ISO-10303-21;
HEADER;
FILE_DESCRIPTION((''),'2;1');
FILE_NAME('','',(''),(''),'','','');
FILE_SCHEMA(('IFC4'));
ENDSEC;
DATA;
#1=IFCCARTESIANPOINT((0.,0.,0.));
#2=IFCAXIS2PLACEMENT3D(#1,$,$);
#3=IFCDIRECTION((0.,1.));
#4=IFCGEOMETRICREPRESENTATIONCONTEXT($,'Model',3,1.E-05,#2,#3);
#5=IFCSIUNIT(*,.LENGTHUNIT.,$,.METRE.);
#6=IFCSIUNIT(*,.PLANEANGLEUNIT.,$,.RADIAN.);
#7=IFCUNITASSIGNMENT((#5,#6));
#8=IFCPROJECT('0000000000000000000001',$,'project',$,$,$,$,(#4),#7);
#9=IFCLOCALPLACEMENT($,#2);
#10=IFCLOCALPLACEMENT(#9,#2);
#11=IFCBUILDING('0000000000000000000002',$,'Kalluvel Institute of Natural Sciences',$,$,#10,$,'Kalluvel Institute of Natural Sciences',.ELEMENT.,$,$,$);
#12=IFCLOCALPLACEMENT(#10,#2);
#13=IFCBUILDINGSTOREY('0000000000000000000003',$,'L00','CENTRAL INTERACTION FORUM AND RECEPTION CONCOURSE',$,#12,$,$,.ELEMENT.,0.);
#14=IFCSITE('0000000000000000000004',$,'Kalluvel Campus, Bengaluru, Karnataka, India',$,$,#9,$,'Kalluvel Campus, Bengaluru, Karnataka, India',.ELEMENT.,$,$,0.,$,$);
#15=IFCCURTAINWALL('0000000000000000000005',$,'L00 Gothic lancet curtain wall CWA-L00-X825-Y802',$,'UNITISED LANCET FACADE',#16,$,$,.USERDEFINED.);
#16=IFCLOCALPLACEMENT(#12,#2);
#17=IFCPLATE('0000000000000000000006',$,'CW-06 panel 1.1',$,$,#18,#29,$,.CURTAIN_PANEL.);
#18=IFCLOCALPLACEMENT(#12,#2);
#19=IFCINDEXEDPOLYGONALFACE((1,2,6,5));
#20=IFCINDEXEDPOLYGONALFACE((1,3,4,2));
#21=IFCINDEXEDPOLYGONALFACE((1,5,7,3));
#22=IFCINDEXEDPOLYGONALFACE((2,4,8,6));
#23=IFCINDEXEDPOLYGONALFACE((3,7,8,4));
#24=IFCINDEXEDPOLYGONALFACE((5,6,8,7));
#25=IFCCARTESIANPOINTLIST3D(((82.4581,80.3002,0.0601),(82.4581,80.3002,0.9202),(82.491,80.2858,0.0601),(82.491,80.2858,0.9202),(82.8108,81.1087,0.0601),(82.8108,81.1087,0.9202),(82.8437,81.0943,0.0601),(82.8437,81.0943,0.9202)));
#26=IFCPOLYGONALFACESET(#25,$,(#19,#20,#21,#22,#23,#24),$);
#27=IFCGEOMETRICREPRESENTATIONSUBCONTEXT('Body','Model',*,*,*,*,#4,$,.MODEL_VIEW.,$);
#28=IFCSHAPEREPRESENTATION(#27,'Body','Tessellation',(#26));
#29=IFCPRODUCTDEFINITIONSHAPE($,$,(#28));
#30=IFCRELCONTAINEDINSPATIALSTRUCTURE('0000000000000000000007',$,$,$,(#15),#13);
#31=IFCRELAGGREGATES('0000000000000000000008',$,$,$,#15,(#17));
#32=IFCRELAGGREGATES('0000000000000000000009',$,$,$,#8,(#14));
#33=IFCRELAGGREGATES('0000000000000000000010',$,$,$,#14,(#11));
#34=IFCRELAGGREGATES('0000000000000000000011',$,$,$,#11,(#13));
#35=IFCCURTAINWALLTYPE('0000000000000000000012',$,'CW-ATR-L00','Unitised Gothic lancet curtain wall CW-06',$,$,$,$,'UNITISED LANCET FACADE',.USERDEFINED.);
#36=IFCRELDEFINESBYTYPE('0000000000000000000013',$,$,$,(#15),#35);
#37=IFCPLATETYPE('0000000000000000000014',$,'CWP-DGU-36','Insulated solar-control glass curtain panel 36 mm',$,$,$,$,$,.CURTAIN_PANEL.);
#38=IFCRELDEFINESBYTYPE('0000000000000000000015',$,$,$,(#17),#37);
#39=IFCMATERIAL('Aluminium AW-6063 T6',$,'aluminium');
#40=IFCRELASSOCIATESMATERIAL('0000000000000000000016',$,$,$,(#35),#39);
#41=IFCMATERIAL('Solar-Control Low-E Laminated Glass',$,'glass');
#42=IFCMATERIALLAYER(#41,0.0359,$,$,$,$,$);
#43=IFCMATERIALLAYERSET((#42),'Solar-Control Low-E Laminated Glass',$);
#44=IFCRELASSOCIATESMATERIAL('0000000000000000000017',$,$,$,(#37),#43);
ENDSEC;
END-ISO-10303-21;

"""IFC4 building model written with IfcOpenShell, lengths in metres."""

from ifc_helpers import new_model, si_unit, direction, frame, origin, origin_2d, place, context, subcontext, project, spatial, rectangle, extrude, material, layer, layer_set, type_object, element, aggregate, save


model = new_model("IFC4")

# Units and contexts
model_context = context("Model", 3, precision=1e-05, world=origin(), true_north=direction((0.0, 1.0)))
body_context = subcontext(model_context, "Body", "Model", "MODEL_VIEW")
ifc_project = project(units=[si_unit("LENGTHUNIT", "METRE"), si_unit("PLANEANGLEUNIT", "RADIAN")], contexts=[model_context])

# Site, building, storey
site_placement = place(None, origin())
site = spatial("IfcSite", under=ifc_project, at=site_placement, Name="Kalluvel Campus, Bengaluru, Karnataka, India", LongName="Kalluvel Campus, Bengaluru, Karnataka, India", CompositionType="ELEMENT", RefElevation=0.0)
building_placement = place(site_placement, origin())
building = spatial("IfcBuilding", under=site, at=building_placement, Name="Kalluvel Institute of Natural Sciences", LongName="Kalluvel Institute of Natural Sciences", CompositionType="ELEMENT")
storey_placement = place(building_placement, origin())
storey = spatial("IfcBuildingStorey", under=building, at=storey_placement, Name="L00", Description="CENTRAL INTERACTION FORUM AND RECEPTION CONCOURSE", CompositionType="ELEMENT", Elevation=0.0)

# Shared definitions
ifc_material_1 = material(Name="Aluminium AW-6063 T6", Category="aluminium")
curtain_wall_type = type_object("IfcCurtainWallType", Name="CW-ATR-L00", Description="Unitised Gothic lancet curtain wall CW-06", ElementType="UNITISED LANCET FACADE", PredefinedType="USERDEFINED", material=ifc_material_1)

# Curtain wall
curtain_wall_1_placement = place(storey_placement, origin())
curtain_wall_1 = element("IfcCurtainWall", 1, at=curtain_wall_1_placement, inside=storey, type_object=curtain_wall_type, Name="L00 Gothic lancet curtain wall CWA-L00-X825-Y802", ObjectType="UNITISED LANCET FACADE", PredefinedType="USERDEFINED")

# Plate
ifc_material_2 = material(Name="Solar-Control Low-E Laminated Glass", Category="glass")
ifc_layer = layer(ifc_material_2, 0.0359)
ifc_layer_set = layer_set([ifc_layer], Name="Solar-Control Low-E Laminated Glass")
plate_type = type_object("IfcPlateType", Name="CWP-DGU-36", Description="Insulated solar-control glass curtain panel 36 mm", PredefinedType="CURTAIN_PANEL", material=ifc_layer_set)
plate_1_placement = place(storey_placement, frame((82.6509, 80.6973, 0.0601), z_axis=(0.0, 0.0, 1.0), x_axis=(0.399873, 0.916571, 0.0)))
plate_1 = element("IfcPlate", 2, at=plate_1_placement, type_object=plate_type, Name="CW-06 panel 1.1", PredefinedType="CURTAIN_PANEL", context=body_context, shape_type="SweptSolid", body=[
    extrude(rectangle(XDim=0.8821, YDim=0.0359, at=origin_2d()), origin(), (0.0, 0.0, 1.0), 0.8601),
])
aggregate(curtain_wall_1, [plate_1])

save(model, "model.ifc")
